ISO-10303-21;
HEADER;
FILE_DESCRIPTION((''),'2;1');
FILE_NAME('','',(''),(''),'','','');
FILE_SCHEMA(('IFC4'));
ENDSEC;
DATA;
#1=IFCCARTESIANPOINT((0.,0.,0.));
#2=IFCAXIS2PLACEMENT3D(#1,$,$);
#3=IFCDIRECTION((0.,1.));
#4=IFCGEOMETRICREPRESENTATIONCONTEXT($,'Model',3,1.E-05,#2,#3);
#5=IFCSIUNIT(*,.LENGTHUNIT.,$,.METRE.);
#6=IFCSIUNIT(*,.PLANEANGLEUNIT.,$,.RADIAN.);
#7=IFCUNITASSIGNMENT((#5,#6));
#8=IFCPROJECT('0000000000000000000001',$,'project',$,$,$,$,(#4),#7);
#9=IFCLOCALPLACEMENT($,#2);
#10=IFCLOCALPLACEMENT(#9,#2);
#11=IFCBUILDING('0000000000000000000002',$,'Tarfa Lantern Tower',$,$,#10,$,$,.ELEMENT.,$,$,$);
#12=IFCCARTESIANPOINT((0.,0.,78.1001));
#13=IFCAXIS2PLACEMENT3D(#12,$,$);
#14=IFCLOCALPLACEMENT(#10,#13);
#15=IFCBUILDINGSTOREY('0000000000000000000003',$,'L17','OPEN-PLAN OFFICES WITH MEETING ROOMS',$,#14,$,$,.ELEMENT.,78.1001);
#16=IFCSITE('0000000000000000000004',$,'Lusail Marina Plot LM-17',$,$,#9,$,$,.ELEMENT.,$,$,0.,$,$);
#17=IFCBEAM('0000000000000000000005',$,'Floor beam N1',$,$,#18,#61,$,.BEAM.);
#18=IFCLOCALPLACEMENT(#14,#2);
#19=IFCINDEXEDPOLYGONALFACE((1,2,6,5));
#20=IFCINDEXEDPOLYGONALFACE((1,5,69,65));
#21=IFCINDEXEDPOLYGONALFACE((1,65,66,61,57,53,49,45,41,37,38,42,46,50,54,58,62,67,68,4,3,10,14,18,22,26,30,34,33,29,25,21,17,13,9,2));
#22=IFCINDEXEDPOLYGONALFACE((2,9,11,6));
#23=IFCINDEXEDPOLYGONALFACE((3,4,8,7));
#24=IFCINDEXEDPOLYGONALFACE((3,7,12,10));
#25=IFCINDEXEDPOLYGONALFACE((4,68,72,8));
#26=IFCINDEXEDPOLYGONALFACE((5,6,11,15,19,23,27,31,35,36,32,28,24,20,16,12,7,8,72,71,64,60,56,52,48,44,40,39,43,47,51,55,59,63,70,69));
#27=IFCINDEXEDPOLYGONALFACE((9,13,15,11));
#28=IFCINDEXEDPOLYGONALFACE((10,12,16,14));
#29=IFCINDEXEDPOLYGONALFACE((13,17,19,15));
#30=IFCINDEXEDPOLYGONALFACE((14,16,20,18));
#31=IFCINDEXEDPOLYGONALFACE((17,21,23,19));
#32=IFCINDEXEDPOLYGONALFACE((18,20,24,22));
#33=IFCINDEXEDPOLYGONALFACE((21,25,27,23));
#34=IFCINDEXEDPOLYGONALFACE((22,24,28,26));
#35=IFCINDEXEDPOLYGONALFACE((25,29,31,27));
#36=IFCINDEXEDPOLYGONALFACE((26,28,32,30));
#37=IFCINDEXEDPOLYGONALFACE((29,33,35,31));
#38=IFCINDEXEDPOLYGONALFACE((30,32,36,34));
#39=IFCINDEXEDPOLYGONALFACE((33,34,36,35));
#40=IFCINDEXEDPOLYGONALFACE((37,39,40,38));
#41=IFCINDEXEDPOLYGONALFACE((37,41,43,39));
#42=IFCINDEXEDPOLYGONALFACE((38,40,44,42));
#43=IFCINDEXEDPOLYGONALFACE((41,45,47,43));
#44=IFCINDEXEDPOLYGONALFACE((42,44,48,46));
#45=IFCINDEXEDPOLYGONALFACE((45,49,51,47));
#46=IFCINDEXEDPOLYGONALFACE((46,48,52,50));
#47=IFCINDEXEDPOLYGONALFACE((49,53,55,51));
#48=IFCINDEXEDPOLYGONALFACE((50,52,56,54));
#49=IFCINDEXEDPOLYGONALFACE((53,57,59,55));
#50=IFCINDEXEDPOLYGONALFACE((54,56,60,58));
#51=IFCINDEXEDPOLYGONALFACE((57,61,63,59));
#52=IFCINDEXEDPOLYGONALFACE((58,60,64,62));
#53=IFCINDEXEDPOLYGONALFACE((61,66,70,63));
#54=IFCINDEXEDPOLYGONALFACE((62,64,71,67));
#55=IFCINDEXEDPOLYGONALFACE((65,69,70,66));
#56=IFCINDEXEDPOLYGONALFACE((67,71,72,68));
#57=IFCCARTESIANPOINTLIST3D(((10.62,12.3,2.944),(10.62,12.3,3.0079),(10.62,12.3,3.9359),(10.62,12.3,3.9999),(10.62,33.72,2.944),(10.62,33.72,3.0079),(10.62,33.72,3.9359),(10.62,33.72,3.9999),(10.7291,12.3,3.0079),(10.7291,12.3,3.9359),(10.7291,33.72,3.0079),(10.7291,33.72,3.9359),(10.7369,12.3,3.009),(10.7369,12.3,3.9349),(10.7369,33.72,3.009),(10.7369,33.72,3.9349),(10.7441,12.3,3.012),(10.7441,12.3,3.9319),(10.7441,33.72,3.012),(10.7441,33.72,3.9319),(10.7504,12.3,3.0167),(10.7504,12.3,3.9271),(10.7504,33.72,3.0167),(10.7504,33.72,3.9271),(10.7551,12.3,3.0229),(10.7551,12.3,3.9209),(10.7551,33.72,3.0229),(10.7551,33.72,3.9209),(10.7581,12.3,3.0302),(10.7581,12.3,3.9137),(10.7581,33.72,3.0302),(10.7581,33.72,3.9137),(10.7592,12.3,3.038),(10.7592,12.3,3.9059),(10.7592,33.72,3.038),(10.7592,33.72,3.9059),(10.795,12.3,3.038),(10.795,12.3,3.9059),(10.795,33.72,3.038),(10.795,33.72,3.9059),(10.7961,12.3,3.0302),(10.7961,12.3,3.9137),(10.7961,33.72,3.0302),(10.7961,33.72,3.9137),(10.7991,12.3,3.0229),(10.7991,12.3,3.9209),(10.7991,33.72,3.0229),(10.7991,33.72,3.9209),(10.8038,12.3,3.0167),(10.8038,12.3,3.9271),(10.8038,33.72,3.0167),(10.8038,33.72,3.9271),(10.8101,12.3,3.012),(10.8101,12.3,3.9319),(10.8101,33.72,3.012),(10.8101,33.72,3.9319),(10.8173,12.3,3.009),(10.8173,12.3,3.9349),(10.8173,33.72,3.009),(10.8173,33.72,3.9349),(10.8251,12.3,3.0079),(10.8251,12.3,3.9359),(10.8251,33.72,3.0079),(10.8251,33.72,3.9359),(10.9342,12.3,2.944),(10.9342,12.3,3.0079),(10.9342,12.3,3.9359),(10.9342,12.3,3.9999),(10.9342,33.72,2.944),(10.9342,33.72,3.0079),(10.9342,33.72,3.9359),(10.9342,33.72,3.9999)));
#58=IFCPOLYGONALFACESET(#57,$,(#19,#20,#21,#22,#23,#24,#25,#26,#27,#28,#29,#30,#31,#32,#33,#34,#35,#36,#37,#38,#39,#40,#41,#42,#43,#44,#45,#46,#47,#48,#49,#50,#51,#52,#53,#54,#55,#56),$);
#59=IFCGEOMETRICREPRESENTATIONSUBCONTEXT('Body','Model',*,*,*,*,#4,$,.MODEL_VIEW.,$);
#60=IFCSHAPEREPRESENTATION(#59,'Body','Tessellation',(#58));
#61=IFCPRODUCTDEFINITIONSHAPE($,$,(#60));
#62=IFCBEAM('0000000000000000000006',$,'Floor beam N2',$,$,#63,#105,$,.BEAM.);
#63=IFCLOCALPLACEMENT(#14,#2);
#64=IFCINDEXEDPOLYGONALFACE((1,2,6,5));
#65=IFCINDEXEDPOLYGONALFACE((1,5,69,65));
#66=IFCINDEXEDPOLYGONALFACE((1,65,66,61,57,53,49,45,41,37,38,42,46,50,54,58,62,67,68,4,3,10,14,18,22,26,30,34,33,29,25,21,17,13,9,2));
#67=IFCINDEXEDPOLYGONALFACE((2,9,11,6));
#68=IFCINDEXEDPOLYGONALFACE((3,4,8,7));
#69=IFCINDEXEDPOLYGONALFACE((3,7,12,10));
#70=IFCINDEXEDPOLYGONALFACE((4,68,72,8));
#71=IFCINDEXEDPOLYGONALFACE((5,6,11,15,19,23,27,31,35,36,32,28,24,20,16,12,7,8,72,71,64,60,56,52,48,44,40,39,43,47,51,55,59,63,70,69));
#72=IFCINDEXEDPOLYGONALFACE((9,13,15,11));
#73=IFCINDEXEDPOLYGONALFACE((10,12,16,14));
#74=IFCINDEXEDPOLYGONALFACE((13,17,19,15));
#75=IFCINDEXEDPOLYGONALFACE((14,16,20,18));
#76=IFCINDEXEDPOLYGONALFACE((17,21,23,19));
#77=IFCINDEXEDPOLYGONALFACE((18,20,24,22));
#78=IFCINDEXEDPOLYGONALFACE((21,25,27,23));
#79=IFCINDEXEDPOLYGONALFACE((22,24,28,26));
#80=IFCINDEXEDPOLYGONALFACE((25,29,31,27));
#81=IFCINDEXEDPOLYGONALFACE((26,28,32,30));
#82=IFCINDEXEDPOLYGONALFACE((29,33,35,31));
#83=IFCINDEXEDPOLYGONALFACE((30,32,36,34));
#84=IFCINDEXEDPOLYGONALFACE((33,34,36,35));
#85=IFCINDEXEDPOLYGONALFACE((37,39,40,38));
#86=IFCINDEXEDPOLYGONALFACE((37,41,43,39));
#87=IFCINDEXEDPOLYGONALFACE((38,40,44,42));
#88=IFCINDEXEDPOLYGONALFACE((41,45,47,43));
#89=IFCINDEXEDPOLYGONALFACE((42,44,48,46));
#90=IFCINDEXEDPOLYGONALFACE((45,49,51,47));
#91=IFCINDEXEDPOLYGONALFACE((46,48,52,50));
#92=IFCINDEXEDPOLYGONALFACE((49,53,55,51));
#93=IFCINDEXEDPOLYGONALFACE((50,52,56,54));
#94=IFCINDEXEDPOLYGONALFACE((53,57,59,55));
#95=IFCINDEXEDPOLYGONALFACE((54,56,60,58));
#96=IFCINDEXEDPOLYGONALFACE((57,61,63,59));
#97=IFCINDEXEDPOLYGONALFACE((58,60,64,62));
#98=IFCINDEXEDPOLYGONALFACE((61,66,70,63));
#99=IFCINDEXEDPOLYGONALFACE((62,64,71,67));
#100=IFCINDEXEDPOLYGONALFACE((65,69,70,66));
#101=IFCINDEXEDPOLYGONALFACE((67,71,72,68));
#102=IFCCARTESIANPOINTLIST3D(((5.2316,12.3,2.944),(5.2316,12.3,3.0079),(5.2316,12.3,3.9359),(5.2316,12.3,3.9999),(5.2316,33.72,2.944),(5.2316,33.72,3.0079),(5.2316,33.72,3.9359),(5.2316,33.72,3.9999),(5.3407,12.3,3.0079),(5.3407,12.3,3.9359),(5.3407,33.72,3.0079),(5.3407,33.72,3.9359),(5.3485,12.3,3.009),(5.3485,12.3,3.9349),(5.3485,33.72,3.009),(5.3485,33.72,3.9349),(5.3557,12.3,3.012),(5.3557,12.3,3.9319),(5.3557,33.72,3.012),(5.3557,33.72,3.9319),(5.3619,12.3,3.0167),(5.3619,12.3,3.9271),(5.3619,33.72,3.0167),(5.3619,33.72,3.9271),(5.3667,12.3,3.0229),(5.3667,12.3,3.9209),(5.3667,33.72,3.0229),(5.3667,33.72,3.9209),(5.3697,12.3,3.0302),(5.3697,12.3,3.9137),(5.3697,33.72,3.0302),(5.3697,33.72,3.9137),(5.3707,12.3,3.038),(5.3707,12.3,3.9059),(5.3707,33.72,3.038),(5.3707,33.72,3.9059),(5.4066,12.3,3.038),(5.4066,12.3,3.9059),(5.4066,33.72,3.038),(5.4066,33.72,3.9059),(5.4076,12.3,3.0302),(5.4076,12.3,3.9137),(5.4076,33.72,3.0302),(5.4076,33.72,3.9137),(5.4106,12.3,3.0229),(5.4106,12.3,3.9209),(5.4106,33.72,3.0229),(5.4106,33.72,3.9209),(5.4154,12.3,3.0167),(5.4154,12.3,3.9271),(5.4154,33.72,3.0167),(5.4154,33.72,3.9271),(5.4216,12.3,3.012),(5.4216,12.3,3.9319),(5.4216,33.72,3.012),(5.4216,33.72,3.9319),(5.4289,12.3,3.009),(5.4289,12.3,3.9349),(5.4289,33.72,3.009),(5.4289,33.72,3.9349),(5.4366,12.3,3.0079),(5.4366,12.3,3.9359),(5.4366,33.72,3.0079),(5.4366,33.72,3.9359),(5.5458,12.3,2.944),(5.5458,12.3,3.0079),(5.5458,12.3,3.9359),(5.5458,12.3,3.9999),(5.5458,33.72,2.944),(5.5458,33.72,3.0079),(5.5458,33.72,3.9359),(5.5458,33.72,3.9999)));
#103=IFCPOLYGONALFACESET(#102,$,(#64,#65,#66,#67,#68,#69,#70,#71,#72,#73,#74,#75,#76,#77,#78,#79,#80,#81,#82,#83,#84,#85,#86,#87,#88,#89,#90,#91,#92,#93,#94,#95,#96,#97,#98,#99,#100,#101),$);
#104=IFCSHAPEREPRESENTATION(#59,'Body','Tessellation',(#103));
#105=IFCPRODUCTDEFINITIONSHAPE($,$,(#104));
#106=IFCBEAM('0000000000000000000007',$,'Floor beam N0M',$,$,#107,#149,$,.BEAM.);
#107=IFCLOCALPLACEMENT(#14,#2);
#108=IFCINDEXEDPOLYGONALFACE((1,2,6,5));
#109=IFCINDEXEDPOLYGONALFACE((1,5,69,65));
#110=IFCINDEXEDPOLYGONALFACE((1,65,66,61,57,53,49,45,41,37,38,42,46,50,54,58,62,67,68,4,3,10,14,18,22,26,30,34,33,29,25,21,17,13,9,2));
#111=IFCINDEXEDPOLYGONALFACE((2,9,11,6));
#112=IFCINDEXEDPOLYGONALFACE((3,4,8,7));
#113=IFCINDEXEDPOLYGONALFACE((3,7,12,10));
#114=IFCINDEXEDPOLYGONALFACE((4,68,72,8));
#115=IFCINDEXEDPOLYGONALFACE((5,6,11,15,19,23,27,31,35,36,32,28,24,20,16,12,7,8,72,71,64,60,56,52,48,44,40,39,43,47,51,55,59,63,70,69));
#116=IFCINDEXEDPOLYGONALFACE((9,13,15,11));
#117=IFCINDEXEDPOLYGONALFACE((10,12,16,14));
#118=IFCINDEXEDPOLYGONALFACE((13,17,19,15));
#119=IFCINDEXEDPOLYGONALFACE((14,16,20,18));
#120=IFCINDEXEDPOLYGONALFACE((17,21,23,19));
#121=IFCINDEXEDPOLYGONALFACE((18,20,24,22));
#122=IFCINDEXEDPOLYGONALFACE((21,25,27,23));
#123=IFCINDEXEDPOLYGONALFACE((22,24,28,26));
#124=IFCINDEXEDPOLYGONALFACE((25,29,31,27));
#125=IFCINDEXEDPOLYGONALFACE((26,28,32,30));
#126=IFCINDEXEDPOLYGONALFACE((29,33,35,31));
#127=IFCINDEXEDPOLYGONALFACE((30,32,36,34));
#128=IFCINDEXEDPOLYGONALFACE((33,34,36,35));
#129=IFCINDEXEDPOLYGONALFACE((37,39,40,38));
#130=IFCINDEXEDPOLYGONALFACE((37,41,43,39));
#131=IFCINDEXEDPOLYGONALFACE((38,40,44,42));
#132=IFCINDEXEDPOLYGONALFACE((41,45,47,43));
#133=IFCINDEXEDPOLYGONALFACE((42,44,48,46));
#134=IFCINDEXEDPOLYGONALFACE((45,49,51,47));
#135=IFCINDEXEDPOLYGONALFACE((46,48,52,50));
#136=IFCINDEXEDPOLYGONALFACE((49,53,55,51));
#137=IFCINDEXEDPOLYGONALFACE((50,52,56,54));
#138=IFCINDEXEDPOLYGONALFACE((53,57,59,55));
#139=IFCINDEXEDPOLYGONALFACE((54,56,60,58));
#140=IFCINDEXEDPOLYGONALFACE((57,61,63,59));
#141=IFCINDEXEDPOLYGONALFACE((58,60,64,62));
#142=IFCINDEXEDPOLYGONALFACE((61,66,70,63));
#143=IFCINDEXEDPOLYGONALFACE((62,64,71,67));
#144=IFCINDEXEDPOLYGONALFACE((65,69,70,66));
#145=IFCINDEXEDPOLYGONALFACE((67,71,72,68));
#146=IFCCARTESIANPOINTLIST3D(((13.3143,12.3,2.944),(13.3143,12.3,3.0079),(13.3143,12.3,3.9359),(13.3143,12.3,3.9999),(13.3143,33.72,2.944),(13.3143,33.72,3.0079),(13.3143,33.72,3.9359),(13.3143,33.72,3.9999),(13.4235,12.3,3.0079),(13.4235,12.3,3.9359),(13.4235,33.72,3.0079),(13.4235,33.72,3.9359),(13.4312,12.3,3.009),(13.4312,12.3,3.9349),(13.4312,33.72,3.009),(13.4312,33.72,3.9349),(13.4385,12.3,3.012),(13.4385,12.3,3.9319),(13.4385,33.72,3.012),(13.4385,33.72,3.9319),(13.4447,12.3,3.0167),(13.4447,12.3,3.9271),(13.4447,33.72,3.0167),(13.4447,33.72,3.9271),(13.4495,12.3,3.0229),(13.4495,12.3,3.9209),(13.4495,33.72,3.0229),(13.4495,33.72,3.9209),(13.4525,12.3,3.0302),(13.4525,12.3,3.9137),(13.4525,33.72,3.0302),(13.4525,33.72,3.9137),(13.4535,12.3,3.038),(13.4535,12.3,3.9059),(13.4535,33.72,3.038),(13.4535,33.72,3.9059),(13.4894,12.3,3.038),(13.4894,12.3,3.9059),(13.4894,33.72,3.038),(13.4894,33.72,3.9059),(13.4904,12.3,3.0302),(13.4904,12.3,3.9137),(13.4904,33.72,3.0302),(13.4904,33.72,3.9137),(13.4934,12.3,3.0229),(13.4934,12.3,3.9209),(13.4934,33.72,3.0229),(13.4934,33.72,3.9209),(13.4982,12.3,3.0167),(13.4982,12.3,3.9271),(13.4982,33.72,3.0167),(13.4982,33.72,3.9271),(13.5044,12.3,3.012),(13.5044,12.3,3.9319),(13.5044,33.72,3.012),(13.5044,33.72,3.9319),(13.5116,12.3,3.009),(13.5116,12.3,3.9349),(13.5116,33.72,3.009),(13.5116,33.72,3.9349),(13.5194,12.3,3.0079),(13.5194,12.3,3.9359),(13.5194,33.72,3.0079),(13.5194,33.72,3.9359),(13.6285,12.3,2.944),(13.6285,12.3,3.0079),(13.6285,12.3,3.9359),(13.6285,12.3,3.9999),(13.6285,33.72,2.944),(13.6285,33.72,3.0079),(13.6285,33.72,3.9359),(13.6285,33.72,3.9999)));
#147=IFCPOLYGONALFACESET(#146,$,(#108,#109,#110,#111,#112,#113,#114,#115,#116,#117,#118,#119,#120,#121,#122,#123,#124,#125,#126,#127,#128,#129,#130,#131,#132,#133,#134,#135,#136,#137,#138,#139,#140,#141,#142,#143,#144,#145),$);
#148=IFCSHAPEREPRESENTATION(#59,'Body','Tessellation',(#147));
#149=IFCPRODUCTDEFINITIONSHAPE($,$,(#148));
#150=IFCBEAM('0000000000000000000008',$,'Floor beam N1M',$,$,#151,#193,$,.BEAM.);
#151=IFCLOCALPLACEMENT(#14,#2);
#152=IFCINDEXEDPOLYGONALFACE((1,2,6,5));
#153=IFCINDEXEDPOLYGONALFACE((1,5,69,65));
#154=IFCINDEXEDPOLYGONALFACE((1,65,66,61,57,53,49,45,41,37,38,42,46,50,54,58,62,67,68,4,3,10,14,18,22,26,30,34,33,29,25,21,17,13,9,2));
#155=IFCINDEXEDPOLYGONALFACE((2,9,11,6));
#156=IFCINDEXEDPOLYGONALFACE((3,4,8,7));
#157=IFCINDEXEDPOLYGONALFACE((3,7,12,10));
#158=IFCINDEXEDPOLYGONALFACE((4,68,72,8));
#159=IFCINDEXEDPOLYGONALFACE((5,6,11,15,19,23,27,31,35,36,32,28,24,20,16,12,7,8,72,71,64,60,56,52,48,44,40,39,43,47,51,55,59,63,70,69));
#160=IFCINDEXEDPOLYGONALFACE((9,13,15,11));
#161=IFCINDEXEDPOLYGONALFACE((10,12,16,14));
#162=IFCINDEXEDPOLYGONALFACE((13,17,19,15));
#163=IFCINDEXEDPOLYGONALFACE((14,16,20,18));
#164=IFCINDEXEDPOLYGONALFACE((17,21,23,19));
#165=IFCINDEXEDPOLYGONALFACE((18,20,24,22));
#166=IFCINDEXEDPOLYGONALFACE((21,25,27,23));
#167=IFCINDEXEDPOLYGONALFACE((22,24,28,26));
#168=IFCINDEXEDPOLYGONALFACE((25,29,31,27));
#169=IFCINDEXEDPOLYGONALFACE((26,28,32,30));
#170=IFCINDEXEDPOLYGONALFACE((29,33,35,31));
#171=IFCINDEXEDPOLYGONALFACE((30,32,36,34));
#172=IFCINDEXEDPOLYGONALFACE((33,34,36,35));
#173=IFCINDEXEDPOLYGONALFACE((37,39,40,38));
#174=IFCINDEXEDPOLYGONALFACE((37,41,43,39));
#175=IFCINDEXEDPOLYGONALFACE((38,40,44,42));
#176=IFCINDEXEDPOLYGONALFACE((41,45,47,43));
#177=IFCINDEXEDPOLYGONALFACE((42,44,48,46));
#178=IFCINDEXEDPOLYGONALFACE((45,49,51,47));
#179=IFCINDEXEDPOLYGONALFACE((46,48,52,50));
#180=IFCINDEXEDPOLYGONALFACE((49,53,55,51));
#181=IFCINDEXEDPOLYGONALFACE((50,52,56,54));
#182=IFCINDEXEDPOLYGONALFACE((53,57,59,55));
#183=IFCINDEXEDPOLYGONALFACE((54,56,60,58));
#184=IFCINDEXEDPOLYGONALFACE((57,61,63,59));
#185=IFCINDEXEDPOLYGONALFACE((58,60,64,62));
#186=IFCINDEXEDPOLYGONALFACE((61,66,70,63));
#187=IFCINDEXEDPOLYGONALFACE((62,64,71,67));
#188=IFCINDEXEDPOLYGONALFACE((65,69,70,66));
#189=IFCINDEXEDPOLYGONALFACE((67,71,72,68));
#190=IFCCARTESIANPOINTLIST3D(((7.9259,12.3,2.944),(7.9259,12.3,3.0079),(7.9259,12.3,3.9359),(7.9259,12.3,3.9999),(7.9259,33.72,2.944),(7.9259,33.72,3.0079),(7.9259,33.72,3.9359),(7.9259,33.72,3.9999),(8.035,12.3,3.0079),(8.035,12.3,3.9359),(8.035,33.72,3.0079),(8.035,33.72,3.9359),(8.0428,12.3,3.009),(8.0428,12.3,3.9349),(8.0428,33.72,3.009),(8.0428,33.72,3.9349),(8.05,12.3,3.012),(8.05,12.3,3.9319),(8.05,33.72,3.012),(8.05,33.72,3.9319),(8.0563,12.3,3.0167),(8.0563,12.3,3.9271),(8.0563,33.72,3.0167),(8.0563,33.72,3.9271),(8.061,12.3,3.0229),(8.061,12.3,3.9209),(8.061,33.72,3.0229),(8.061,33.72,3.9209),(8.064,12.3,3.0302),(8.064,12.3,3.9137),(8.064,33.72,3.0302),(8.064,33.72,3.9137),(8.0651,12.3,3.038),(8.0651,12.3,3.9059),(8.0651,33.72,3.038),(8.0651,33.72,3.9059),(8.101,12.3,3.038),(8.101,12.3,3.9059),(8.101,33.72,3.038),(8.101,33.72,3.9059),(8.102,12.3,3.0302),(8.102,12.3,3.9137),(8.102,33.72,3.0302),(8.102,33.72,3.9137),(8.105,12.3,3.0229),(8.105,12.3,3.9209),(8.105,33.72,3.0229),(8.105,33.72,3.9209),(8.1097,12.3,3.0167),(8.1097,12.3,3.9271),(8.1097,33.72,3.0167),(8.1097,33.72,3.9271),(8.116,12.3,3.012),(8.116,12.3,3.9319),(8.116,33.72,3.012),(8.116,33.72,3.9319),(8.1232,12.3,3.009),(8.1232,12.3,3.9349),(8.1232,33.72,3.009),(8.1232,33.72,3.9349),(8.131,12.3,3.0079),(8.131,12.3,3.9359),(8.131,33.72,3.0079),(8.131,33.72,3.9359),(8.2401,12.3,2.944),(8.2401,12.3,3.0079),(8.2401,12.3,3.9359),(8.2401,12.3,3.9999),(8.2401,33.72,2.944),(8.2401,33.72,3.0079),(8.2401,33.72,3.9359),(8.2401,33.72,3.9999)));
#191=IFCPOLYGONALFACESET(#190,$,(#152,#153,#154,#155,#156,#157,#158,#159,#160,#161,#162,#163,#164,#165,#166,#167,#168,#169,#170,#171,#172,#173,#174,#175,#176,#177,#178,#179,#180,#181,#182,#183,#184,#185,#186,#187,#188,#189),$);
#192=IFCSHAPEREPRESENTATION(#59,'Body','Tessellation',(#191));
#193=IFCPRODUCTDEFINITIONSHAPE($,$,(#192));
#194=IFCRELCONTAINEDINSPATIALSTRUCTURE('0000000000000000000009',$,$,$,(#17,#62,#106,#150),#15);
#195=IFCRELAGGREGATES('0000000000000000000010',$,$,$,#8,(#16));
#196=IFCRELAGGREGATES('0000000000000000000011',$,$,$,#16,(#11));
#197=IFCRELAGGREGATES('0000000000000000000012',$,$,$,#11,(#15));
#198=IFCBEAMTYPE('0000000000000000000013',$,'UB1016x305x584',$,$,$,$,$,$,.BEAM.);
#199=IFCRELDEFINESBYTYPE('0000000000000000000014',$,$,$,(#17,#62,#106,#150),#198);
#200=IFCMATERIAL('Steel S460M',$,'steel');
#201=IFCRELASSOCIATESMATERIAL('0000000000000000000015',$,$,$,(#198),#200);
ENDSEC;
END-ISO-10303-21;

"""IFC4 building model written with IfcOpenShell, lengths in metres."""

from ifc_helpers import new_model, si_unit, direction, frame, origin, origin_2d, place, context, subcontext, project, spatial, i_section, extrude, material, material_profile, profile_set, type_object, element, save


model = new_model("IFC4")

# Units and contexts
model_context = context("Model", 3, precision=1e-05, world=origin(), true_north=direction((0.0, 1.0)))
body_context = subcontext(model_context, "Body", "Model", "MODEL_VIEW")
ifc_project = project(units=[si_unit("LENGTHUNIT", "METRE"), si_unit("PLANEANGLEUNIT", "RADIAN")], contexts=[model_context])

# Site, building, storey
site_placement = place(None, origin())
site = spatial("IfcSite", under=ifc_project, at=site_placement, Name="Lusail Marina Plot LM-17", CompositionType="ELEMENT", RefElevation=0.0)
building_placement = place(site_placement, origin())
building = spatial("IfcBuilding", under=site, at=building_placement, Name="Tarfa Lantern Tower", CompositionType="ELEMENT")
storey_placement = place(building_placement, frame((0.0, 0.0, 78.1001)))
storey = spatial("IfcBuildingStorey", under=building, at=storey_placement, Name="L17", Description="OPEN-PLAN OFFICES WITH MEETING ROOMS", CompositionType="ELEMENT", Elevation=78.1001)

# Beams
ifc_material_1 = material(Name="Steel S460M", Category="steel")
ifc_material_profile_1 = material_profile(ifc_material_1, i_section(OverallWidth=0.3142, OverallDepth=1.0559, WebThickness=0.0359, FlangeThickness=0.064, FilletRadius=0.03, at=origin_2d()), Name="UB1016x305x584")
ifc_profile_set_1 = profile_set([ifc_material_profile_1], Name="Steel S460M")
beam_type_1 = type_object("IfcBeamType", Name="UB1016x305x584", PredefinedType="BEAM", material=ifc_profile_set_1)
for number, where, z_axis, x_axis, name in (
    (1, (10.7771, 33.72, 3.4719), (0.0, -1.0, 0.0), (1.0, 0.0, 0.0), "Floor beam N1"),
    (2, (5.3887, 33.72, 3.4719), (0.0, -1.0, 0.0), (1.0, 0.0, 0.0), "Floor beam N2"),
    (3, (13.4714, 33.72, 3.4719), (0.0, -1.0, 0.0), (1.0, 0.0, 0.0), "Floor beam N0M"),
    (4, (8.083, 33.72, 3.4719), (0.0, -1.0, 0.0), (1.0, 0.0, 0.0), "Floor beam N1M"),
):
    element("IfcBeam", number, at=place(storey_placement, frame(where, z_axis=z_axis, x_axis=x_axis)), inside=storey, type_object=beam_type_1, Name=name, PredefinedType="BEAM", context=body_context, shape_type="SweptSolid", body=[
        extrude(i_section(OverallWidth=0.3142, OverallDepth=1.0559, WebThickness=0.0359, FlangeThickness=0.064, FilletRadius=0.03, at=origin_2d()), origin(), (0.0, 0.0, 1.0), 21.4199),
    ])

save(model, "model.ifc")
